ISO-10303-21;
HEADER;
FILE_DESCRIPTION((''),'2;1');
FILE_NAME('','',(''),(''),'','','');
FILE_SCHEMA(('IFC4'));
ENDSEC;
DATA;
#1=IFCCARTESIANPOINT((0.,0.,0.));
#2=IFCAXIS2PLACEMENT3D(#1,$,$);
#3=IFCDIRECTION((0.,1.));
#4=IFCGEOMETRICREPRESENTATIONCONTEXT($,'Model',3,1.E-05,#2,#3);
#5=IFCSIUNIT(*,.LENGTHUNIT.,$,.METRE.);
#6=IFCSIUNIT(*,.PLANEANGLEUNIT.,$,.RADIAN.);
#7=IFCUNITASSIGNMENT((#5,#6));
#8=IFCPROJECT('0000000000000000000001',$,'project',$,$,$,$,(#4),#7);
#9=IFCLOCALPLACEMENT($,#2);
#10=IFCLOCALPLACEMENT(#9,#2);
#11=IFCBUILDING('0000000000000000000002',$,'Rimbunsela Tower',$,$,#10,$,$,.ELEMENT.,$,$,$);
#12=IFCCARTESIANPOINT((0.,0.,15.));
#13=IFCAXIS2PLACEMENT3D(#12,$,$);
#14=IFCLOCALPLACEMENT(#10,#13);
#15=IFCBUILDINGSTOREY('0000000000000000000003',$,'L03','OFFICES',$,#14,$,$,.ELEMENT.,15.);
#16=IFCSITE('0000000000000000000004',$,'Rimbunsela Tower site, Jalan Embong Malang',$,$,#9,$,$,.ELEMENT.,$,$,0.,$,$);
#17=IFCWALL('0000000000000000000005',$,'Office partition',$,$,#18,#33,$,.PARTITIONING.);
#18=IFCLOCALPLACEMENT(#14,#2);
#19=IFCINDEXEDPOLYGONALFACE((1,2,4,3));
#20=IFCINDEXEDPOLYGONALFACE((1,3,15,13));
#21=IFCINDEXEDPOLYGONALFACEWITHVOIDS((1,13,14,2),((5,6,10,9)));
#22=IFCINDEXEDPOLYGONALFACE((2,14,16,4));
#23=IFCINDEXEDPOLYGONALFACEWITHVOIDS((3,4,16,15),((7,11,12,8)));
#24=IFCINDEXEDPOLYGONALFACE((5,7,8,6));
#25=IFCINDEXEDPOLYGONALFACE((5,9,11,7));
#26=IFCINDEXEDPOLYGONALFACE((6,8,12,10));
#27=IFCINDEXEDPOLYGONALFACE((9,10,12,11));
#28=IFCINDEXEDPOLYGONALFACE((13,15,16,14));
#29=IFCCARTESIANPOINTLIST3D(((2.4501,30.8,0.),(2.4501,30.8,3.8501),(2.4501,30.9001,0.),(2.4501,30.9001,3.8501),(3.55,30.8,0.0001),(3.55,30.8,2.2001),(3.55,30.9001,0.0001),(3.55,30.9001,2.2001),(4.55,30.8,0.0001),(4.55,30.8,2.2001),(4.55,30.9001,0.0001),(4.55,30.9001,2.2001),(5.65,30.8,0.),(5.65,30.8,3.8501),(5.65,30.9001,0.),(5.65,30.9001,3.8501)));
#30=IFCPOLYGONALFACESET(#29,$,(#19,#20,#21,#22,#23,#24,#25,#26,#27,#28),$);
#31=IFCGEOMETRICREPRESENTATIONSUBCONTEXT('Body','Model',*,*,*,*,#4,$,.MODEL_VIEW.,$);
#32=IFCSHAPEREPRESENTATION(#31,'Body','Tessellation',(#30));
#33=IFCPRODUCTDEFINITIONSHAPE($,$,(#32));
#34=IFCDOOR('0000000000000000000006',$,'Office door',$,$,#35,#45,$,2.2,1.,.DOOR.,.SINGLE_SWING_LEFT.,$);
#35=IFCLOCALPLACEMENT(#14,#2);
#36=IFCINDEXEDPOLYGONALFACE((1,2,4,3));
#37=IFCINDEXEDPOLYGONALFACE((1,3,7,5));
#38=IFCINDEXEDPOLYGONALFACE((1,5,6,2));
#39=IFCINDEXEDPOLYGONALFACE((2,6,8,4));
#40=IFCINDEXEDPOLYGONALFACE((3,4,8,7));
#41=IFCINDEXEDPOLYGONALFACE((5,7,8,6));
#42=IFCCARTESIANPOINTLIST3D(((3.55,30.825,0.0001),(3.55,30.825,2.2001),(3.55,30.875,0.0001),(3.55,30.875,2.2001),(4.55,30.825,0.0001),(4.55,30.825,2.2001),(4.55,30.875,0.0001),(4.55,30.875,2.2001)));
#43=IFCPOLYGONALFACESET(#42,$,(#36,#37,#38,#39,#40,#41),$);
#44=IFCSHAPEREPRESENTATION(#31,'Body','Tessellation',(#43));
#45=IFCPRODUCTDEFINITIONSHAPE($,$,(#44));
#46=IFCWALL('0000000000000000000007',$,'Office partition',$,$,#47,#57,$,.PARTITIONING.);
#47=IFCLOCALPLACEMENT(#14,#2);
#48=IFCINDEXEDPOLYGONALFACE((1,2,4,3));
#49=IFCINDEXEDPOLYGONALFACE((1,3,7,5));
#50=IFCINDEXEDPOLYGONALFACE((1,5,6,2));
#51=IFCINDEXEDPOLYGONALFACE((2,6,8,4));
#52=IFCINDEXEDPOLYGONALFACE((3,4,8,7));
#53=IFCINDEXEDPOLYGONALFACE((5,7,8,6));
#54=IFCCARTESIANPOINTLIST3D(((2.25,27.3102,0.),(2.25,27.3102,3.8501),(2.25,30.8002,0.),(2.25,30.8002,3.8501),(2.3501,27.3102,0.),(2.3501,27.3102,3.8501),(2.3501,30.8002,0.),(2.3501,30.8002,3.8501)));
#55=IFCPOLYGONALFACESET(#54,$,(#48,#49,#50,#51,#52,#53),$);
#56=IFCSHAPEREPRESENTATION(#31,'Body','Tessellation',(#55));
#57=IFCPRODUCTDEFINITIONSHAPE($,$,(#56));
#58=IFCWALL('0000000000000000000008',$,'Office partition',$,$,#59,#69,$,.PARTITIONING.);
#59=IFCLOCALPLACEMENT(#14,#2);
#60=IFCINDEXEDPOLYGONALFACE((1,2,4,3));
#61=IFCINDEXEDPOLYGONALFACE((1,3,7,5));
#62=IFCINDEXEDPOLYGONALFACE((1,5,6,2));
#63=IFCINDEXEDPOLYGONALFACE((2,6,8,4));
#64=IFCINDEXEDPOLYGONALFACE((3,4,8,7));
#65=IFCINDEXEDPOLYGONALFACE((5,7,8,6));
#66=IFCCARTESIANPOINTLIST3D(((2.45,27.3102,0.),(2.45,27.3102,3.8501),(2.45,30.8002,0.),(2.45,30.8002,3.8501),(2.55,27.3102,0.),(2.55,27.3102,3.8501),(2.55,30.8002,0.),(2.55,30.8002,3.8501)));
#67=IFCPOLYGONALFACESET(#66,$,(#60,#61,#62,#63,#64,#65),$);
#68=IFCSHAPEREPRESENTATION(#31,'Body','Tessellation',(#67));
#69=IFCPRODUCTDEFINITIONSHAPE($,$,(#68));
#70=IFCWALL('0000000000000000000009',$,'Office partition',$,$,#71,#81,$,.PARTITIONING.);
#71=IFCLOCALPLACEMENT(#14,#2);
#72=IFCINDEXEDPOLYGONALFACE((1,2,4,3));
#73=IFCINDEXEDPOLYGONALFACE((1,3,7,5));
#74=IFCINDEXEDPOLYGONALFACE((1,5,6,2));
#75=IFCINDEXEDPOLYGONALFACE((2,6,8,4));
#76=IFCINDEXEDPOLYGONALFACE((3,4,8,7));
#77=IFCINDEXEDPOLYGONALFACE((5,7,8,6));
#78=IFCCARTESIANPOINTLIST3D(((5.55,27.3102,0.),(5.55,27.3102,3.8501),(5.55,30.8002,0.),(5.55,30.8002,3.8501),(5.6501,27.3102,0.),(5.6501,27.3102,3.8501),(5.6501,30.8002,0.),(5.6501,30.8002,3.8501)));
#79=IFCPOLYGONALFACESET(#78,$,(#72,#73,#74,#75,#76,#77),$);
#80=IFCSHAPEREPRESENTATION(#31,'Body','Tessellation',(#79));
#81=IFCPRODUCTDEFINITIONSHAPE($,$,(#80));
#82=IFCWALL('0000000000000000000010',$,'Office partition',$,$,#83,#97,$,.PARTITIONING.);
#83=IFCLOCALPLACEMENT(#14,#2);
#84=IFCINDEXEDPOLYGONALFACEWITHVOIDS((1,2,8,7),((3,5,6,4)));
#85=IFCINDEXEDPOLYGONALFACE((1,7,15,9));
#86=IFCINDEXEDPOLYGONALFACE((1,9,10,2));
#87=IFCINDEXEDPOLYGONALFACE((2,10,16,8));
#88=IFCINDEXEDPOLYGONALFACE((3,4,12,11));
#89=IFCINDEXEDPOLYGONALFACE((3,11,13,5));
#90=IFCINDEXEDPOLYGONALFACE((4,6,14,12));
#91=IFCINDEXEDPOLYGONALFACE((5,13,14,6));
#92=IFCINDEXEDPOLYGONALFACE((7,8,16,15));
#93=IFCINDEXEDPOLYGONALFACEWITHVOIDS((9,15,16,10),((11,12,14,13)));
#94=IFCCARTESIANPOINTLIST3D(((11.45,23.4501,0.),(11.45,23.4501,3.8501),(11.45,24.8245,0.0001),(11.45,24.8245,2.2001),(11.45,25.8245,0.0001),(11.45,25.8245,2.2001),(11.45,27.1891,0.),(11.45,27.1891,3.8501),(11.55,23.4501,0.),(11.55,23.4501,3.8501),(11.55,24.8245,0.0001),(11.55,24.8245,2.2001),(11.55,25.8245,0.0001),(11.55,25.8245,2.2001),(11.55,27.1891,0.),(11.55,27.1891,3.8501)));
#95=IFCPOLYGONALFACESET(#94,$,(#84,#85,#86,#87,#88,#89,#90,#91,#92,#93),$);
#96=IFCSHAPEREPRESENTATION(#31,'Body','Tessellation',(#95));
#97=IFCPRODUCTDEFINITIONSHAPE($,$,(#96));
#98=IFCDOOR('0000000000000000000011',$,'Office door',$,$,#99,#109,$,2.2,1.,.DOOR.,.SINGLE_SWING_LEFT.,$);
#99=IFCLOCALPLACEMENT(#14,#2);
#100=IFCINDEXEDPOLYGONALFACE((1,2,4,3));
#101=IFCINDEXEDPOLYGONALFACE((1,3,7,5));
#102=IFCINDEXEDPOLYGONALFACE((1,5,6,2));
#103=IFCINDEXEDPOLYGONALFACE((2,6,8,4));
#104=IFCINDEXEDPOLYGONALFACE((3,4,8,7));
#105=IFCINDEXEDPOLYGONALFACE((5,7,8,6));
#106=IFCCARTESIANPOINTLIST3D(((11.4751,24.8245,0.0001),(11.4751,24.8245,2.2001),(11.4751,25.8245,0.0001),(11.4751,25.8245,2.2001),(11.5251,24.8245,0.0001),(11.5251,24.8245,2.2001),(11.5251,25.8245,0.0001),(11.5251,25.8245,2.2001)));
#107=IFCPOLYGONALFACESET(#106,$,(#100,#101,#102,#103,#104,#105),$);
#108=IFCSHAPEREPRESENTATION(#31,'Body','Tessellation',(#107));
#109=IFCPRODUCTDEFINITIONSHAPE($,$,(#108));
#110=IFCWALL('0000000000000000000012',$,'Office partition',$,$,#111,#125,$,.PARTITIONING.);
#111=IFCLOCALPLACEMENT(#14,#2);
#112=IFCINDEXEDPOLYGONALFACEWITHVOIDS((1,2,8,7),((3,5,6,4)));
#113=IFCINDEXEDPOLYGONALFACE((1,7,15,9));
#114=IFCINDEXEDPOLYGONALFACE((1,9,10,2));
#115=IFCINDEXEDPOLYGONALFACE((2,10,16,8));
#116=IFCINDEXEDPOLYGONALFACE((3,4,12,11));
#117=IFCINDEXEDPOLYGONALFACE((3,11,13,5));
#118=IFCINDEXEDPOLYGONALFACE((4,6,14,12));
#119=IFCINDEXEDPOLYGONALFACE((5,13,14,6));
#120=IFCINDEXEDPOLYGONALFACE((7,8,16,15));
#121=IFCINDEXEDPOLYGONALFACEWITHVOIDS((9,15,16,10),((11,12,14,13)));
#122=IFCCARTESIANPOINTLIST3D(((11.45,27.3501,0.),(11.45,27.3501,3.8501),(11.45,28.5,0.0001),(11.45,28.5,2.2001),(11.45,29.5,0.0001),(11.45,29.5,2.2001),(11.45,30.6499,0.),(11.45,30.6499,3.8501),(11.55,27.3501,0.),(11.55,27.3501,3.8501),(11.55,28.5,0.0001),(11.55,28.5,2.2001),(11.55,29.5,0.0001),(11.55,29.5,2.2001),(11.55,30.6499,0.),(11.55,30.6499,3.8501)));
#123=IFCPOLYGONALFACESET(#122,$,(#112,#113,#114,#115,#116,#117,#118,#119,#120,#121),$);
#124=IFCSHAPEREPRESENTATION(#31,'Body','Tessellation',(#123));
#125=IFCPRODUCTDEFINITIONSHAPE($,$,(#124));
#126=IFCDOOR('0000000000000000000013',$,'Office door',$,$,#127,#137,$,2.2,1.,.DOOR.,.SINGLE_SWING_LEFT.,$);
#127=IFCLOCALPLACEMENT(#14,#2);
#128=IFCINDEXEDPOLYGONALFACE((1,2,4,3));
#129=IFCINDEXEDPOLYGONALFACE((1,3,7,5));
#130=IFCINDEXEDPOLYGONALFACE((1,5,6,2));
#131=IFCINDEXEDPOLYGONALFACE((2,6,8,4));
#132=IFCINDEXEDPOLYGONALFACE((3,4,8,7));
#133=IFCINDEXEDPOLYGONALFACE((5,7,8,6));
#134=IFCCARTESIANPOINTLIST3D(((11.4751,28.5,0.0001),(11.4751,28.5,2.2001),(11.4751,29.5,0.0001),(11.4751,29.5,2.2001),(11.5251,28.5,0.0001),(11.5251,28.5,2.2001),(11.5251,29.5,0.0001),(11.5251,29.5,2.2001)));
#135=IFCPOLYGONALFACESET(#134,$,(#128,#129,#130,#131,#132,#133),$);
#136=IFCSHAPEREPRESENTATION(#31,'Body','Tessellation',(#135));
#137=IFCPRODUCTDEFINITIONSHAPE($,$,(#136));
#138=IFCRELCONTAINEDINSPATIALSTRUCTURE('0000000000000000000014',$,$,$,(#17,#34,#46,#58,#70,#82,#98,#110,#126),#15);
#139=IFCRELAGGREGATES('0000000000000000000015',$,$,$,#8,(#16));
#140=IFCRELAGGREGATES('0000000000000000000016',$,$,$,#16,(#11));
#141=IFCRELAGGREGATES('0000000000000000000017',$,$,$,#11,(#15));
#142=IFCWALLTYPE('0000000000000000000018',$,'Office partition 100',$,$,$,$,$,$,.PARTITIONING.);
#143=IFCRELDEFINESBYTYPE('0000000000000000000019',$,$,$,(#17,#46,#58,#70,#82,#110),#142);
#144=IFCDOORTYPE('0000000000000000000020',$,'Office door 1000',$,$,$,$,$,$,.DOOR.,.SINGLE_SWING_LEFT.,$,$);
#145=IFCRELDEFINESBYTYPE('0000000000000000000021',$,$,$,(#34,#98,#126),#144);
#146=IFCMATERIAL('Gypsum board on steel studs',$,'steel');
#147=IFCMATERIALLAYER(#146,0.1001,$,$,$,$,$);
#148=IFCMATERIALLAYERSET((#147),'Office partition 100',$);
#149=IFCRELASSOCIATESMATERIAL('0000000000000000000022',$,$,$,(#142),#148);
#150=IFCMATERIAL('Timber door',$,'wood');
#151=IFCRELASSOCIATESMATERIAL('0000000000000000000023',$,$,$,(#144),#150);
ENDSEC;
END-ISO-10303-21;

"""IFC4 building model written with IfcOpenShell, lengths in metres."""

from ifc_helpers import new_model, si_unit, direction, frame, frame_2d, origin, place, context, subcontext, project, spatial, rectangle, extrude, material, layer, layer_set, type_object, element, fill, save


model = new_model("IFC4")

# Units and contexts
model_context = context("Model", 3, precision=1e-05, world=origin(), true_north=direction((0.0, 1.0)))
body_context = subcontext(model_context, "Body", "Model", "MODEL_VIEW")
ifc_project = project(units=[si_unit("LENGTHUNIT", "METRE"), si_unit("PLANEANGLEUNIT", "RADIAN")], contexts=[model_context])

# Site, building, storey
site_placement = place(None, origin())
site = spatial("IfcSite", under=ifc_project, at=site_placement, Name="Rimbunsela Tower site, Jalan Embong Malang", CompositionType="ELEMENT", RefElevation=0.0)
building_placement = place(site_placement, origin())
building = spatial("IfcBuilding", under=site, at=building_placement, Name="Rimbunsela Tower", CompositionType="ELEMENT")
storey_placement = place(building_placement, frame((0.0, 0.0, 15.0)))
storey = spatial("IfcBuildingStorey", under=building, at=storey_placement, Name="L03", Description="OFFICES", CompositionType="ELEMENT", Elevation=15.0)

# Shared definitions
ifc_material_1 = material(Name="Gypsum board on steel studs", Category="steel")
ifc_layer_1 = layer(ifc_material_1, 0.1001)
ifc_layer_set_1 = layer_set([ifc_layer_1], Name="Office partition 100")
wall_type_1 = type_object("IfcWallType", Name="Office partition 100", PredefinedType="PARTITIONING", material=ifc_layer_set_1)

# Wall, opening, door
wall_1_placement = place(storey_placement, frame((2.45, 30.8501, 0.0), z_axis=(0.0, 0.0, 1.0), x_axis=(1.0, 0.0, 0.0)))
wall_1 = element("IfcWall", 1, at=wall_1_placement, inside=storey, type_object=wall_type_1, Name="Office partition", PredefinedType="PARTITIONING", context=body_context, shape_type="SweptSolid", body=[
    extrude(rectangle(XDim=3.2, YDim=0.1001, at=frame_2d((1.6001, 0.0))), origin(), (0.0, 0.0, 1.0), 3.8501),
])
opening_1_placement = place(wall_1_placement, frame((1.1001, 0.0, 0.0)))
opening_1 = element("IfcOpeningElement", 2, at=opening_1_placement, cuts=wall_1, PredefinedType="OPENING", context=body_context, shape_type="SweptSolid", body=[
    extrude(rectangle(XDim=1.0, YDim=2.2, at=frame_2d((0.5, 1.1001))), frame((0.0, 0.0601, 0.0), z_axis=(0.0, -1.0, 0.0), x_axis=(1.0, 0.0, 0.0)), (0.0, 0.0, 1.0), 0.1201),
])
ifc_material_2 = material(Name="Timber door", Category="wood")
door_type_1 = type_object("IfcDoorType", Name="Office door 1000", OperationType="SINGLE_SWING_LEFT", PredefinedType="DOOR", material=ifc_material_2)
door_1_placement = place(opening_1_placement, origin())
door_1 = element("IfcDoor", 3, at=door_1_placement, inside=storey, type_object=door_type_1, Name="Office door", OperationType="SINGLE_SWING_LEFT", OverallHeight=2.2, OverallWidth=1.0, PredefinedType="DOOR", context=body_context, shape_type="SweptSolid", body=[
    extrude(rectangle(XDim=1.0, YDim=2.2, at=frame_2d((0.5, 1.1001))), frame((0.0, 0.0249, 0.0), z_axis=(0.0, -1.0, 0.0), x_axis=(1.0, 0.0, 0.0)), (0.0, 0.0, 1.0), 0.05),
])
fill(opening_1, door_1)

# Walls
for number, where, z_axis, x_axis, name in (
    (4, (2.3, 27.3101, 0.0), (0.0, 0.0, 1.0), (0.0, 1.0, 0.0), "Office partition"),
    (5, (2.5, 27.3101, 0.0), (0.0, 0.0, 1.0), (0.0, 1.0, 0.0), "Office partition"),
    (6, (5.6001, 27.3101, 0.0), (0.0, 0.0, 1.0), (0.0, 1.0, 0.0), "Office partition"),
):
    element("IfcWall", number, at=place(storey_placement, frame(where, z_axis=z_axis, x_axis=x_axis)), inside=storey, type_object=wall_type_1, Name=name, PredefinedType="PARTITIONING", context=body_context, shape_type="SweptSolid", body=[
        extrude(rectangle(XDim=3.49, YDim=0.1001, at=frame_2d((1.7451, 0.0))), origin(), (0.0, 0.0, 1.0), 3.8501),
    ])

# Walls, openings, doors
wall_2_placement = place(storey_placement, frame((11.5, 23.45, 0.0), z_axis=(0.0, 0.0, 1.0), x_axis=(0.0, 1.0, 0.0)))
wall_2 = element("IfcWall", 7, at=wall_2_placement, inside=storey, type_object=wall_type_1, Name="Office partition", PredefinedType="PARTITIONING", context=body_context, shape_type="SweptSolid", body=[
    extrude(rectangle(XDim=3.739, YDim=0.1001, at=frame_2d((1.8696, 0.0))), origin(), (0.0, 0.0, 1.0), 3.8501),
])
opening_2_placement = place(wall_2_placement, frame((1.3745, 0.0, 0.0)))
opening_2 = element("IfcOpeningElement", 8, at=opening_2_placement, cuts=wall_2, PredefinedType="OPENING", context=body_context, shape_type="SweptSolid", body=[
    extrude(rectangle(XDim=1.0, YDim=2.2, at=frame_2d((0.5, 1.1001))), frame((0.0, 0.0601, 0.0), z_axis=(0.0, -1.0, 0.0), x_axis=(1.0, 0.0, 0.0)), (0.0, 0.0, 1.0), 0.1201),
])
door_2_placement = place(opening_2_placement, origin())
door_2 = element("IfcDoor", 9, at=door_2_placement, inside=storey, type_object=door_type_1, Name="Office door", OperationType="SINGLE_SWING_LEFT", OverallHeight=2.2, OverallWidth=1.0, PredefinedType="DOOR", context=body_context, shape_type="SweptSolid", body=[
    extrude(rectangle(XDim=1.0, YDim=2.2, at=frame_2d((0.5, 1.1001))), frame((0.0, 0.0249, 0.0), z_axis=(0.0, -1.0, 0.0), x_axis=(1.0, 0.0, 0.0)), (0.0, 0.0, 1.0), 0.05),
])
fill(opening_2, door_2)
wall_3_placement = place(storey_placement, frame((11.5, 27.3501, 0.0), z_axis=(0.0, 0.0, 1.0), x_axis=(0.0, 1.0, 0.0)))
wall_3 = element("IfcWall", 10, at=wall_3_placement, inside=storey, type_object=wall_type_1, Name="Office partition", PredefinedType="PARTITIONING", context=body_context, shape_type="SweptSolid", body=[
    extrude(rectangle(XDim=3.2998, YDim=0.1001, at=frame_2d((1.6499, 0.0))), origin(), (0.0, 0.0, 1.0), 3.8501),
])
opening_3_placement = place(wall_3_placement, frame((1.1499, 0.0, 0.0)))
opening_3 = element("IfcOpeningElement", 11, at=opening_3_placement, cuts=wall_3, PredefinedType="OPENING", context=body_context, shape_type="SweptSolid", body=[
    extrude(rectangle(XDim=1.0, YDim=2.2, at=frame_2d((0.5, 1.1001))), frame((0.0, 0.0601, 0.0), z_axis=(0.0, -1.0, 0.0), x_axis=(1.0, 0.0, 0.0)), (0.0, 0.0, 1.0), 0.1201),
])
door_3_placement = place(opening_3_placement, origin())
door_3 = element("IfcDoor", 12, at=door_3_placement, inside=storey, type_object=door_type_1, Name="Office door", OperationType="SINGLE_SWING_LEFT", OverallHeight=2.2, OverallWidth=1.0, PredefinedType="DOOR", context=body_context, shape_type="SweptSolid", body=[
    extrude(rectangle(XDim=1.0, YDim=2.2, at=frame_2d((0.5, 1.1001))), frame((0.0, 0.0249, 0.0), z_axis=(0.0, -1.0, 0.0), x_axis=(1.0, 0.0, 0.0)), (0.0, 0.0, 1.0), 0.05),
])
fill(opening_3, door_3)

save(model, "model.ifc")
